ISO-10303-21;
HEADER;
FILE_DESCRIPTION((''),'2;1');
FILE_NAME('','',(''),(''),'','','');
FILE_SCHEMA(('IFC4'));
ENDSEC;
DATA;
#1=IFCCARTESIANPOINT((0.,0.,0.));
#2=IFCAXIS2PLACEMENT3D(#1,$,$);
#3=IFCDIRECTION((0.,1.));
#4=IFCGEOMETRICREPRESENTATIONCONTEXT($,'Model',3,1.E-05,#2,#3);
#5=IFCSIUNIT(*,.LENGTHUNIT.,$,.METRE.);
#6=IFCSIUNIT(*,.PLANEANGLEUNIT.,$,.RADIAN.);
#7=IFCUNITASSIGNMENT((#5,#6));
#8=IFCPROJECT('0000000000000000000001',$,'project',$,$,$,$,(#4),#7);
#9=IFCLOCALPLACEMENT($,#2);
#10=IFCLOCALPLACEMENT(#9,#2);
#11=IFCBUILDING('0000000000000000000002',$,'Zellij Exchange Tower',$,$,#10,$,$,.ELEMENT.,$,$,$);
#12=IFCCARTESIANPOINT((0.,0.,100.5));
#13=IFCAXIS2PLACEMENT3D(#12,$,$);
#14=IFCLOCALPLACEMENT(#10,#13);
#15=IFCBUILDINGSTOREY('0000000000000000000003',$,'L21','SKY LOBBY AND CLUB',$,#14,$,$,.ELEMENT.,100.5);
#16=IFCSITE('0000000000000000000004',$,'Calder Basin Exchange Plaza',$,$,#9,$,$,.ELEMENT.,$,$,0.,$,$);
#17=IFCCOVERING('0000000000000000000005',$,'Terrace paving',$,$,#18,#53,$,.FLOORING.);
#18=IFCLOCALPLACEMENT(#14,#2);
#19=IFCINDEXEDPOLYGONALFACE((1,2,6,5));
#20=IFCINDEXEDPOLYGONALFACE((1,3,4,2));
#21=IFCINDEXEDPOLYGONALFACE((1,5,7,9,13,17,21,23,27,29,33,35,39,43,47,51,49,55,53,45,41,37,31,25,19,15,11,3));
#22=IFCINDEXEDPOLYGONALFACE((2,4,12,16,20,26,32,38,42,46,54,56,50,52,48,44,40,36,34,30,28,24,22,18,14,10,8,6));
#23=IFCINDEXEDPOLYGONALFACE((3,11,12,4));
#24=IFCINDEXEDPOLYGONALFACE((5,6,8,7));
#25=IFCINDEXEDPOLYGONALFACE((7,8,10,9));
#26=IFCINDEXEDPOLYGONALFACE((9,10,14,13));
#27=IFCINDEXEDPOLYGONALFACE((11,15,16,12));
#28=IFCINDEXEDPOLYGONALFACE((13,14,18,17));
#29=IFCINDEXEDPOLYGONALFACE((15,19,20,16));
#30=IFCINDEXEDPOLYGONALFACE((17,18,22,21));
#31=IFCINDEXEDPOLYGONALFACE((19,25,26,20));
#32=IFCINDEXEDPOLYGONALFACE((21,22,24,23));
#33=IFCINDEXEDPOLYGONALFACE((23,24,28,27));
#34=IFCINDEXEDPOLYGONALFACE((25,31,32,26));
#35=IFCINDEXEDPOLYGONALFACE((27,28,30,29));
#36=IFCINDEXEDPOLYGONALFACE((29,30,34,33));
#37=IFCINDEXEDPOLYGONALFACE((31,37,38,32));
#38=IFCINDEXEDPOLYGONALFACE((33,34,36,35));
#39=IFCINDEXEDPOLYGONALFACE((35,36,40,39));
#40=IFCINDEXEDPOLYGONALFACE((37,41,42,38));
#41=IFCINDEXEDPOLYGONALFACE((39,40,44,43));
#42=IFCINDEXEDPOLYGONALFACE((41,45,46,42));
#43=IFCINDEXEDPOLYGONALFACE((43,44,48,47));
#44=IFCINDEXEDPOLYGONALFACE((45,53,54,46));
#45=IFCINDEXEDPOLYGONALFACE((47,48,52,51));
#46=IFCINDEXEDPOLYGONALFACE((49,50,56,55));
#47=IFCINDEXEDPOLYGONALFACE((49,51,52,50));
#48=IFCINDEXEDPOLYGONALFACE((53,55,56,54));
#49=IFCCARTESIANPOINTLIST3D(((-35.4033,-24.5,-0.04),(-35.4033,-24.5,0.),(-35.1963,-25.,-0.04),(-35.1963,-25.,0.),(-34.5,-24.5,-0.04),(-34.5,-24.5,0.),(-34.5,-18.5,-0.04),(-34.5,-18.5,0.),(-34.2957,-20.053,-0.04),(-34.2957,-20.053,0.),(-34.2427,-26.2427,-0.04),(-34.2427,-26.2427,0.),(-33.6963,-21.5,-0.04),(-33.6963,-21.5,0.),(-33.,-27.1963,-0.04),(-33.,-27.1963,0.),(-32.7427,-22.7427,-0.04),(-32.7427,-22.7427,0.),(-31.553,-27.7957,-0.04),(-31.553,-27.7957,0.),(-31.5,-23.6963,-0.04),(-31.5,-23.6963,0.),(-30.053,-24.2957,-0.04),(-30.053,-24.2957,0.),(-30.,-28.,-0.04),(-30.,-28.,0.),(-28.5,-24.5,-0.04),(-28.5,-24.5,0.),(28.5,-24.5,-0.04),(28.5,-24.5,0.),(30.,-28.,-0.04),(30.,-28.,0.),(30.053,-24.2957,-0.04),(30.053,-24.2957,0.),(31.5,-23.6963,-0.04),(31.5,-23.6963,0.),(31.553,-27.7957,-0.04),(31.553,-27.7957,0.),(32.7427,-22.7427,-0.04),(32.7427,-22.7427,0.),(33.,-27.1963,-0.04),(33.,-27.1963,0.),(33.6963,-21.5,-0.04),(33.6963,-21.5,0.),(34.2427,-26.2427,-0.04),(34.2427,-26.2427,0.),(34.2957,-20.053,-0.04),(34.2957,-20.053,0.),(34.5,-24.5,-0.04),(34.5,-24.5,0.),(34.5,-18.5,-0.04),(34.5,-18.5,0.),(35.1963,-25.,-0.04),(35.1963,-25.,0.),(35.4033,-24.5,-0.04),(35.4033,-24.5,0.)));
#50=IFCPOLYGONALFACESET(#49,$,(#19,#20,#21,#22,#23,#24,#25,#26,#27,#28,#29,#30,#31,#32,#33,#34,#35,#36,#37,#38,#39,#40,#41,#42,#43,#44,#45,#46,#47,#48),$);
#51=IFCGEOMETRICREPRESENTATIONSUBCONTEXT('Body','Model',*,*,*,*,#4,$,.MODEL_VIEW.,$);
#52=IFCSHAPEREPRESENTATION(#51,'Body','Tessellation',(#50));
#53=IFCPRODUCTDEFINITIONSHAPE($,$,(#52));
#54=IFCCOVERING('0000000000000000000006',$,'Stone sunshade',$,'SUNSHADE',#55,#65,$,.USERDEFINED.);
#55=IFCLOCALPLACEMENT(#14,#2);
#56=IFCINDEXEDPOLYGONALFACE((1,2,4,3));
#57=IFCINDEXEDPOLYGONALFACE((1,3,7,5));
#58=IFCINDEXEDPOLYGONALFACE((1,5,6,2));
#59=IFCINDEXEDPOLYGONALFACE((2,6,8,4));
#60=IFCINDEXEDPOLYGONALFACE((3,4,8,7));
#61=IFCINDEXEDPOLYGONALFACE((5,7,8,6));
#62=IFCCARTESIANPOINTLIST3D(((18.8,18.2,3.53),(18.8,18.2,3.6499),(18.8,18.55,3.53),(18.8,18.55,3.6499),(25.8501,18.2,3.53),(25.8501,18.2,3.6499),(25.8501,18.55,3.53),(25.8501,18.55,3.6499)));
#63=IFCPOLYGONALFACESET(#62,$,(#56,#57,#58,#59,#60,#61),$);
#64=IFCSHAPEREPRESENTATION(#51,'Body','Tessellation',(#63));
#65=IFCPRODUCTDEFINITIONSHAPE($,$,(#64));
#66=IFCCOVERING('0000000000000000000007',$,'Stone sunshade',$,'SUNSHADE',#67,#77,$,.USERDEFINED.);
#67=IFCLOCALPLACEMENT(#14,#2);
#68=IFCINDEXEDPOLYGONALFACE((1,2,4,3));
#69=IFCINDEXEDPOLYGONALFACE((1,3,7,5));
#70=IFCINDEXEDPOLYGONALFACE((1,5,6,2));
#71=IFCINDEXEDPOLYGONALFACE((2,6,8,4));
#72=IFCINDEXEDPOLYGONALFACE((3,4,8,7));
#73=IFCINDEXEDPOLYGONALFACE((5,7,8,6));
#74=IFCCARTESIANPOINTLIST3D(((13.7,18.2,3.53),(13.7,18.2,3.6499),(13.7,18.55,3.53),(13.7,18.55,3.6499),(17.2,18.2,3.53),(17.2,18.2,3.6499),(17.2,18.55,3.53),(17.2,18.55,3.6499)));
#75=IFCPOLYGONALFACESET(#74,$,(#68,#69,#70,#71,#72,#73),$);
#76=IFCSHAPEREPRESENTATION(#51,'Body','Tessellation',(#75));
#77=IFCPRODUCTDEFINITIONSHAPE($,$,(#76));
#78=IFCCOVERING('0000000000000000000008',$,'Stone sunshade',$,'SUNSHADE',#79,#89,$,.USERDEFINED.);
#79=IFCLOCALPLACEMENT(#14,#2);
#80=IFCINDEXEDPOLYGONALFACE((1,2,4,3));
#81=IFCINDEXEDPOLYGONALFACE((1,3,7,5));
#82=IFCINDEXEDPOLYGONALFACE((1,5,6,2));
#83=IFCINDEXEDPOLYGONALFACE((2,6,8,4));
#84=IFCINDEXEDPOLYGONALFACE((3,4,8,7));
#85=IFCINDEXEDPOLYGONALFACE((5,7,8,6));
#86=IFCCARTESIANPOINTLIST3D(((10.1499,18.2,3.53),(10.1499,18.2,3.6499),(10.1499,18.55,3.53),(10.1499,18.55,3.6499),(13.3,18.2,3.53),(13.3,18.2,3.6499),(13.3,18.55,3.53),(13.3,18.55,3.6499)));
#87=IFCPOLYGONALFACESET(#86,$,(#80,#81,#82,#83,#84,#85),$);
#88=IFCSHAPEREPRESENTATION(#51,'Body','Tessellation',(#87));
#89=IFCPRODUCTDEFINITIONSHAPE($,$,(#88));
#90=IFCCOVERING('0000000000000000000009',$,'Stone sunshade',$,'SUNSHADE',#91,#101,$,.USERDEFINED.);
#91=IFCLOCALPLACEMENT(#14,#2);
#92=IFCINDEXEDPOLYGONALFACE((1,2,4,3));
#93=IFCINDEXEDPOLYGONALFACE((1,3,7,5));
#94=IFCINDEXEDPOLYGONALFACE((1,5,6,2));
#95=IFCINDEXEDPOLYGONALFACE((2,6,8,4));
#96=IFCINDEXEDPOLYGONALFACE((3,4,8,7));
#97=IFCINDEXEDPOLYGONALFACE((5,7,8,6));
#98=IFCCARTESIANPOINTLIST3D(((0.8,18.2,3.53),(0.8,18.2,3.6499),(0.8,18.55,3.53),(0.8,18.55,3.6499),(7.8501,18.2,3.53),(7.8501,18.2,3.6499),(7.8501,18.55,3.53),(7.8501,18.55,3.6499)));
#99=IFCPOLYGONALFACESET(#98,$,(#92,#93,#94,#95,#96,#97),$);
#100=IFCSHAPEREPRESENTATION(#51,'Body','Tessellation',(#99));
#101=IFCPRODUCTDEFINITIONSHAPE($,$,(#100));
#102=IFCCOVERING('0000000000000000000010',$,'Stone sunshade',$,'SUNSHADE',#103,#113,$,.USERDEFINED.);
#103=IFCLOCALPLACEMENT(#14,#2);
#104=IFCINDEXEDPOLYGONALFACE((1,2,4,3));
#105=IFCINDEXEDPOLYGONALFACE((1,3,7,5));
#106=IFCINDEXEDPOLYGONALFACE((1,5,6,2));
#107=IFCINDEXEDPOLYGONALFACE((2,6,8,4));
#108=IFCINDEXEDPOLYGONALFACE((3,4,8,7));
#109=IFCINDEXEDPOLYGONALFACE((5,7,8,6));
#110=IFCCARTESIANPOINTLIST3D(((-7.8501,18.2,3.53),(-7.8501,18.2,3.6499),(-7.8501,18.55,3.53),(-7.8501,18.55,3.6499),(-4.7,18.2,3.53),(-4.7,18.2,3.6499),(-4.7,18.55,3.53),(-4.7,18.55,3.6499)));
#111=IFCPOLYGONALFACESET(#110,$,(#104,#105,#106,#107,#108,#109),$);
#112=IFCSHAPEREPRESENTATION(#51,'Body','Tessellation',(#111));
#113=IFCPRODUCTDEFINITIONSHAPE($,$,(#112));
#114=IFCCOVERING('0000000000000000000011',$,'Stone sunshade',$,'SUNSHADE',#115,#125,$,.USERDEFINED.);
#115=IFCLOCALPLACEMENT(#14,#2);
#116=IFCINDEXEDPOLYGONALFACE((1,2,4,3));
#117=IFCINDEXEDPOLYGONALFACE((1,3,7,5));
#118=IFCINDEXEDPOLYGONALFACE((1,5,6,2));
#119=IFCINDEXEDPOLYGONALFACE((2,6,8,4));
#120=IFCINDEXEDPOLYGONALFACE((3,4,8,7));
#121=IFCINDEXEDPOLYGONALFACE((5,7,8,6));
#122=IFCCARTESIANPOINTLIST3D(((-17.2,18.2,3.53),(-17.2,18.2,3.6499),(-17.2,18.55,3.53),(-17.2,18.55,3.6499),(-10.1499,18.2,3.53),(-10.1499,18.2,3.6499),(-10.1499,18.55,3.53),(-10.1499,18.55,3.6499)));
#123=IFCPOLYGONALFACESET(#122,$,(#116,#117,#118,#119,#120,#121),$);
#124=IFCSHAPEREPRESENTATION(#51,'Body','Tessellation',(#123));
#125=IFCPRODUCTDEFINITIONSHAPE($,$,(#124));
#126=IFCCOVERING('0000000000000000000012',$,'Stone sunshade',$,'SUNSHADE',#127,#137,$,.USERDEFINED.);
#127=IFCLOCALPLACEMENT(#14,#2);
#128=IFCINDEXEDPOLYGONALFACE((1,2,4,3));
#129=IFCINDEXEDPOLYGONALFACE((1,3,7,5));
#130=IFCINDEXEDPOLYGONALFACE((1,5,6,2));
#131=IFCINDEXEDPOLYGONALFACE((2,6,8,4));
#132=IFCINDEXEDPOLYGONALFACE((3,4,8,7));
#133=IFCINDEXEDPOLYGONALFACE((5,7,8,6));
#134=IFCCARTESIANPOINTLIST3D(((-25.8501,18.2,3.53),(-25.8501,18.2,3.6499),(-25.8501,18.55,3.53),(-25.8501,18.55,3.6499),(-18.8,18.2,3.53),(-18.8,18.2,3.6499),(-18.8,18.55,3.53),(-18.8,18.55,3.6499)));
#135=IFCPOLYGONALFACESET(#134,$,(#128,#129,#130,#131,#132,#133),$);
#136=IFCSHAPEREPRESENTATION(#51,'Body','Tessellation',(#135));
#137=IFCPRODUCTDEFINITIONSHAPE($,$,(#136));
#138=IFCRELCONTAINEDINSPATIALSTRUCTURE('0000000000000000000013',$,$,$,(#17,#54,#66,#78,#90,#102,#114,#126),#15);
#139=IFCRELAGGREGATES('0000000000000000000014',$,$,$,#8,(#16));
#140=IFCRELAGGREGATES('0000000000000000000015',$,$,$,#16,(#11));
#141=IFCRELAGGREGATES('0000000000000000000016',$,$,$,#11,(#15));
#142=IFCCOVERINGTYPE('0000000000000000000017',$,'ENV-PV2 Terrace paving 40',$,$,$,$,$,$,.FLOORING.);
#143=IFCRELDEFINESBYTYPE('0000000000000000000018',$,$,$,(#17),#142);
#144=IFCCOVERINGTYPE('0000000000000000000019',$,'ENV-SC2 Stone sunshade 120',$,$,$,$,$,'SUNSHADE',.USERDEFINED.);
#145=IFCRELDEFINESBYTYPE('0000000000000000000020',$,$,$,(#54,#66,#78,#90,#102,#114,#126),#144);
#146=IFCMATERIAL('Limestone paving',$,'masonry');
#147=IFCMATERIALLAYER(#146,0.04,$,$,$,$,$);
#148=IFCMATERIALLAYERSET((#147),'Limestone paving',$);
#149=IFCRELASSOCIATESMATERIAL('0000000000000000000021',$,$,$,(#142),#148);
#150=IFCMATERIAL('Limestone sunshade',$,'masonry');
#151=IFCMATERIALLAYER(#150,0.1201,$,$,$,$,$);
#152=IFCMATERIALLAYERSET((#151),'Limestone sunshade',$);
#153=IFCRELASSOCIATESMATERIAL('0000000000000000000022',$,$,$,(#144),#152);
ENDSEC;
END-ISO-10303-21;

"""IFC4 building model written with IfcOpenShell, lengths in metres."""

from ifc_helpers import new_model, si_unit, direction, frame, origin, place, context, subcontext, project, spatial, polyline, outline, extrude, material, layer, layer_set, type_object, element, save


model = new_model("IFC4")

# Units and contexts
model_context = context("Model", 3, precision=1e-05, world=origin(), true_north=direction((0.0, 1.0)))
body_context = subcontext(model_context, "Body", "Model", "MODEL_VIEW")
ifc_project = project(units=[si_unit("LENGTHUNIT", "METRE"), si_unit("PLANEANGLEUNIT", "RADIAN")], contexts=[model_context])

# Site, building, storey
site_placement = place(None, origin())
site = spatial("IfcSite", under=ifc_project, at=site_placement, Name="Calder Basin Exchange Plaza", CompositionType="ELEMENT", RefElevation=0.0)
building_placement = place(site_placement, origin())
building = spatial("IfcBuilding", under=site, at=building_placement, Name="Zellij Exchange Tower", CompositionType="ELEMENT")
storey_placement = place(building_placement, frame((0.0, 0.0, 100.5)))
storey = spatial("IfcBuildingStorey", under=building, at=storey_placement, Name="L21", Description="SKY LOBBY AND CLUB", CompositionType="ELEMENT", Elevation=100.5)

# Coverings
ifc_material_1 = material(Name="Limestone paving", Category="masonry")
ifc_layer_1 = layer(ifc_material_1, 0.04)
ifc_layer_set_1 = layer_set([ifc_layer_1], Name="Limestone paving")
covering_type_1 = type_object("IfcCoveringType", Name="ENV-PV2 Terrace paving 40", PredefinedType="FLOORING", material=ifc_layer_set_1)
covering_1_placement = place(storey_placement, frame((0.0, 0.0, -0.04)))
element("IfcCovering", 1, at=covering_1_placement, inside=storey, type_object=covering_type_1, Name="Terrace paving", PredefinedType="FLOORING", context=body_context, shape_type="SweptSolid", body=[
    extrude(outline(polyline([(-34.2427, -26.2427), (-33.0, -27.1963), (-31.553, -27.7957), (-30.0, -28.0), (30.0, -28.0), (31.553, -27.7957), (33.0, -27.1963), (34.2427, -26.2427), (35.1963, -25.0), (35.4033, -24.5), (34.5, -24.5), (34.5, -18.5), (34.2957, -20.053), (33.6963, -21.5), (32.7427, -22.7427), (31.5, -23.6963), (30.053, -24.2957), (28.5, -24.5), (-28.5, -24.5), (-30.053, -24.2957), (-31.5, -23.6963), (-32.7427, -22.7427), (-33.6963, -21.5), (-34.2957, -20.053), (-34.5, -18.5), (-34.5, -24.5), (-35.4033, -24.5), (-35.1963, -25.0), (-34.2427, -26.2427)])), origin(), (0.0, 0.0, 1.0), 0.04),
])
ifc_material_2 = material(Name="Limestone sunshade", Category="masonry")
ifc_layer_2 = layer(ifc_material_2, 0.1201)
ifc_layer_set_2 = layer_set([ifc_layer_2], Name="Limestone sunshade")
covering_type_2 = type_object("IfcCoveringType", Name="ENV-SC2 Stone sunshade 120", ElementType="SUNSHADE", PredefinedType="USERDEFINED", material=ifc_layer_set_2)
covering_2_placement = place(storey_placement, frame((0.0, 0.0, 3.53)))
element("IfcCovering", 2, at=covering_2_placement, inside=storey, type_object=covering_type_2, Name="Stone sunshade", ObjectType="SUNSHADE", PredefinedType="USERDEFINED", context=body_context, shape_type="SweptSolid", body=[
    extrude(outline(polyline([(25.8501, 18.2), (18.8, 18.2), (18.8, 18.55), (25.8501, 18.55), (25.8501, 18.2)])), origin(), (0.0, 0.0, 1.0), 0.1199),
])
covering_3_placement = place(storey_placement, frame((0.0, 0.0, 3.53)))
element("IfcCovering", 3, at=covering_3_placement, inside=storey, type_object=covering_type_2, Name="Stone sunshade", ObjectType="SUNSHADE", PredefinedType="USERDEFINED", context=body_context, shape_type="SweptSolid", body=[
    extrude(outline(polyline([(17.2, 18.2), (13.7, 18.2), (13.7, 18.55), (17.2, 18.55), (17.2, 18.2)])), origin(), (0.0, 0.0, 1.0), 0.1199),
])
covering_4_placement = place(storey_placement, frame((0.0, 0.0, 3.53)))
element("IfcCovering", 4, at=covering_4_placement, inside=storey, type_object=covering_type_2, Name="Stone sunshade", ObjectType="SUNSHADE", PredefinedType="USERDEFINED", context=body_context, shape_type="SweptSolid", body=[
    extrude(outline(polyline([(13.3, 18.2), (10.1499, 18.2), (10.1499, 18.55), (13.3, 18.55), (13.3, 18.2)])), origin(), (0.0, 0.0, 1.0), 0.1199),
])
covering_5_placement = place(storey_placement, frame((0.0, 0.0, 3.53)))
element("IfcCovering", 5, at=covering_5_placement, inside=storey, type_object=covering_type_2, Name="Stone sunshade", ObjectType="SUNSHADE", PredefinedType="USERDEFINED", context=body_context, shape_type="SweptSolid", body=[
    extrude(outline(polyline([(7.8501, 18.2), (0.8, 18.2), (0.8, 18.55), (7.8501, 18.55), (7.8501, 18.2)])), origin(), (0.0, 0.0, 1.0), 0.1199),
])
covering_6_placement = place(storey_placement, frame((0.0, 0.0, 3.53)))
element("IfcCovering", 6, at=covering_6_placement, inside=storey, type_object=covering_type_2, Name="Stone sunshade", ObjectType="SUNSHADE", PredefinedType="USERDEFINED", context=body_context, shape_type="SweptSolid", body=[
    extrude(outline(polyline([(-4.7, 18.2), (-7.8501, 18.2), (-7.8501, 18.55), (-4.7, 18.55), (-4.7, 18.2)])), origin(), (0.0, 0.0, 1.0), 0.1199),
])
covering_7_placement = place(storey_placement, frame((0.0, 0.0, 3.53)))
element("IfcCovering", 7, at=covering_7_placement, inside=storey, type_object=covering_type_2, Name="Stone sunshade", ObjectType="SUNSHADE", PredefinedType="USERDEFINED", context=body_context, shape_type="SweptSolid", body=[
    extrude(outline(polyline([(-10.1499, 18.2), (-17.2, 18.2), (-17.2, 18.55), (-10.1499, 18.55), (-10.1499, 18.2)])), origin(), (0.0, 0.0, 1.0), 0.1199),
])
covering_8_placement = place(storey_placement, frame((0.0, 0.0, 3.53)))
element("IfcCovering", 8, at=covering_8_placement, inside=storey, type_object=covering_type_2, Name="Stone sunshade", ObjectType="SUNSHADE", PredefinedType="USERDEFINED", context=body_context, shape_type="SweptSolid", body=[
    extrude(outline(polyline([(-18.8, 18.2), (-25.8501, 18.2), (-25.8501, 18.55), (-18.8, 18.55), (-18.8, 18.2)])), origin(), (0.0, 0.0, 1.0), 0.1199),
])

save(model, "model.ifc")
